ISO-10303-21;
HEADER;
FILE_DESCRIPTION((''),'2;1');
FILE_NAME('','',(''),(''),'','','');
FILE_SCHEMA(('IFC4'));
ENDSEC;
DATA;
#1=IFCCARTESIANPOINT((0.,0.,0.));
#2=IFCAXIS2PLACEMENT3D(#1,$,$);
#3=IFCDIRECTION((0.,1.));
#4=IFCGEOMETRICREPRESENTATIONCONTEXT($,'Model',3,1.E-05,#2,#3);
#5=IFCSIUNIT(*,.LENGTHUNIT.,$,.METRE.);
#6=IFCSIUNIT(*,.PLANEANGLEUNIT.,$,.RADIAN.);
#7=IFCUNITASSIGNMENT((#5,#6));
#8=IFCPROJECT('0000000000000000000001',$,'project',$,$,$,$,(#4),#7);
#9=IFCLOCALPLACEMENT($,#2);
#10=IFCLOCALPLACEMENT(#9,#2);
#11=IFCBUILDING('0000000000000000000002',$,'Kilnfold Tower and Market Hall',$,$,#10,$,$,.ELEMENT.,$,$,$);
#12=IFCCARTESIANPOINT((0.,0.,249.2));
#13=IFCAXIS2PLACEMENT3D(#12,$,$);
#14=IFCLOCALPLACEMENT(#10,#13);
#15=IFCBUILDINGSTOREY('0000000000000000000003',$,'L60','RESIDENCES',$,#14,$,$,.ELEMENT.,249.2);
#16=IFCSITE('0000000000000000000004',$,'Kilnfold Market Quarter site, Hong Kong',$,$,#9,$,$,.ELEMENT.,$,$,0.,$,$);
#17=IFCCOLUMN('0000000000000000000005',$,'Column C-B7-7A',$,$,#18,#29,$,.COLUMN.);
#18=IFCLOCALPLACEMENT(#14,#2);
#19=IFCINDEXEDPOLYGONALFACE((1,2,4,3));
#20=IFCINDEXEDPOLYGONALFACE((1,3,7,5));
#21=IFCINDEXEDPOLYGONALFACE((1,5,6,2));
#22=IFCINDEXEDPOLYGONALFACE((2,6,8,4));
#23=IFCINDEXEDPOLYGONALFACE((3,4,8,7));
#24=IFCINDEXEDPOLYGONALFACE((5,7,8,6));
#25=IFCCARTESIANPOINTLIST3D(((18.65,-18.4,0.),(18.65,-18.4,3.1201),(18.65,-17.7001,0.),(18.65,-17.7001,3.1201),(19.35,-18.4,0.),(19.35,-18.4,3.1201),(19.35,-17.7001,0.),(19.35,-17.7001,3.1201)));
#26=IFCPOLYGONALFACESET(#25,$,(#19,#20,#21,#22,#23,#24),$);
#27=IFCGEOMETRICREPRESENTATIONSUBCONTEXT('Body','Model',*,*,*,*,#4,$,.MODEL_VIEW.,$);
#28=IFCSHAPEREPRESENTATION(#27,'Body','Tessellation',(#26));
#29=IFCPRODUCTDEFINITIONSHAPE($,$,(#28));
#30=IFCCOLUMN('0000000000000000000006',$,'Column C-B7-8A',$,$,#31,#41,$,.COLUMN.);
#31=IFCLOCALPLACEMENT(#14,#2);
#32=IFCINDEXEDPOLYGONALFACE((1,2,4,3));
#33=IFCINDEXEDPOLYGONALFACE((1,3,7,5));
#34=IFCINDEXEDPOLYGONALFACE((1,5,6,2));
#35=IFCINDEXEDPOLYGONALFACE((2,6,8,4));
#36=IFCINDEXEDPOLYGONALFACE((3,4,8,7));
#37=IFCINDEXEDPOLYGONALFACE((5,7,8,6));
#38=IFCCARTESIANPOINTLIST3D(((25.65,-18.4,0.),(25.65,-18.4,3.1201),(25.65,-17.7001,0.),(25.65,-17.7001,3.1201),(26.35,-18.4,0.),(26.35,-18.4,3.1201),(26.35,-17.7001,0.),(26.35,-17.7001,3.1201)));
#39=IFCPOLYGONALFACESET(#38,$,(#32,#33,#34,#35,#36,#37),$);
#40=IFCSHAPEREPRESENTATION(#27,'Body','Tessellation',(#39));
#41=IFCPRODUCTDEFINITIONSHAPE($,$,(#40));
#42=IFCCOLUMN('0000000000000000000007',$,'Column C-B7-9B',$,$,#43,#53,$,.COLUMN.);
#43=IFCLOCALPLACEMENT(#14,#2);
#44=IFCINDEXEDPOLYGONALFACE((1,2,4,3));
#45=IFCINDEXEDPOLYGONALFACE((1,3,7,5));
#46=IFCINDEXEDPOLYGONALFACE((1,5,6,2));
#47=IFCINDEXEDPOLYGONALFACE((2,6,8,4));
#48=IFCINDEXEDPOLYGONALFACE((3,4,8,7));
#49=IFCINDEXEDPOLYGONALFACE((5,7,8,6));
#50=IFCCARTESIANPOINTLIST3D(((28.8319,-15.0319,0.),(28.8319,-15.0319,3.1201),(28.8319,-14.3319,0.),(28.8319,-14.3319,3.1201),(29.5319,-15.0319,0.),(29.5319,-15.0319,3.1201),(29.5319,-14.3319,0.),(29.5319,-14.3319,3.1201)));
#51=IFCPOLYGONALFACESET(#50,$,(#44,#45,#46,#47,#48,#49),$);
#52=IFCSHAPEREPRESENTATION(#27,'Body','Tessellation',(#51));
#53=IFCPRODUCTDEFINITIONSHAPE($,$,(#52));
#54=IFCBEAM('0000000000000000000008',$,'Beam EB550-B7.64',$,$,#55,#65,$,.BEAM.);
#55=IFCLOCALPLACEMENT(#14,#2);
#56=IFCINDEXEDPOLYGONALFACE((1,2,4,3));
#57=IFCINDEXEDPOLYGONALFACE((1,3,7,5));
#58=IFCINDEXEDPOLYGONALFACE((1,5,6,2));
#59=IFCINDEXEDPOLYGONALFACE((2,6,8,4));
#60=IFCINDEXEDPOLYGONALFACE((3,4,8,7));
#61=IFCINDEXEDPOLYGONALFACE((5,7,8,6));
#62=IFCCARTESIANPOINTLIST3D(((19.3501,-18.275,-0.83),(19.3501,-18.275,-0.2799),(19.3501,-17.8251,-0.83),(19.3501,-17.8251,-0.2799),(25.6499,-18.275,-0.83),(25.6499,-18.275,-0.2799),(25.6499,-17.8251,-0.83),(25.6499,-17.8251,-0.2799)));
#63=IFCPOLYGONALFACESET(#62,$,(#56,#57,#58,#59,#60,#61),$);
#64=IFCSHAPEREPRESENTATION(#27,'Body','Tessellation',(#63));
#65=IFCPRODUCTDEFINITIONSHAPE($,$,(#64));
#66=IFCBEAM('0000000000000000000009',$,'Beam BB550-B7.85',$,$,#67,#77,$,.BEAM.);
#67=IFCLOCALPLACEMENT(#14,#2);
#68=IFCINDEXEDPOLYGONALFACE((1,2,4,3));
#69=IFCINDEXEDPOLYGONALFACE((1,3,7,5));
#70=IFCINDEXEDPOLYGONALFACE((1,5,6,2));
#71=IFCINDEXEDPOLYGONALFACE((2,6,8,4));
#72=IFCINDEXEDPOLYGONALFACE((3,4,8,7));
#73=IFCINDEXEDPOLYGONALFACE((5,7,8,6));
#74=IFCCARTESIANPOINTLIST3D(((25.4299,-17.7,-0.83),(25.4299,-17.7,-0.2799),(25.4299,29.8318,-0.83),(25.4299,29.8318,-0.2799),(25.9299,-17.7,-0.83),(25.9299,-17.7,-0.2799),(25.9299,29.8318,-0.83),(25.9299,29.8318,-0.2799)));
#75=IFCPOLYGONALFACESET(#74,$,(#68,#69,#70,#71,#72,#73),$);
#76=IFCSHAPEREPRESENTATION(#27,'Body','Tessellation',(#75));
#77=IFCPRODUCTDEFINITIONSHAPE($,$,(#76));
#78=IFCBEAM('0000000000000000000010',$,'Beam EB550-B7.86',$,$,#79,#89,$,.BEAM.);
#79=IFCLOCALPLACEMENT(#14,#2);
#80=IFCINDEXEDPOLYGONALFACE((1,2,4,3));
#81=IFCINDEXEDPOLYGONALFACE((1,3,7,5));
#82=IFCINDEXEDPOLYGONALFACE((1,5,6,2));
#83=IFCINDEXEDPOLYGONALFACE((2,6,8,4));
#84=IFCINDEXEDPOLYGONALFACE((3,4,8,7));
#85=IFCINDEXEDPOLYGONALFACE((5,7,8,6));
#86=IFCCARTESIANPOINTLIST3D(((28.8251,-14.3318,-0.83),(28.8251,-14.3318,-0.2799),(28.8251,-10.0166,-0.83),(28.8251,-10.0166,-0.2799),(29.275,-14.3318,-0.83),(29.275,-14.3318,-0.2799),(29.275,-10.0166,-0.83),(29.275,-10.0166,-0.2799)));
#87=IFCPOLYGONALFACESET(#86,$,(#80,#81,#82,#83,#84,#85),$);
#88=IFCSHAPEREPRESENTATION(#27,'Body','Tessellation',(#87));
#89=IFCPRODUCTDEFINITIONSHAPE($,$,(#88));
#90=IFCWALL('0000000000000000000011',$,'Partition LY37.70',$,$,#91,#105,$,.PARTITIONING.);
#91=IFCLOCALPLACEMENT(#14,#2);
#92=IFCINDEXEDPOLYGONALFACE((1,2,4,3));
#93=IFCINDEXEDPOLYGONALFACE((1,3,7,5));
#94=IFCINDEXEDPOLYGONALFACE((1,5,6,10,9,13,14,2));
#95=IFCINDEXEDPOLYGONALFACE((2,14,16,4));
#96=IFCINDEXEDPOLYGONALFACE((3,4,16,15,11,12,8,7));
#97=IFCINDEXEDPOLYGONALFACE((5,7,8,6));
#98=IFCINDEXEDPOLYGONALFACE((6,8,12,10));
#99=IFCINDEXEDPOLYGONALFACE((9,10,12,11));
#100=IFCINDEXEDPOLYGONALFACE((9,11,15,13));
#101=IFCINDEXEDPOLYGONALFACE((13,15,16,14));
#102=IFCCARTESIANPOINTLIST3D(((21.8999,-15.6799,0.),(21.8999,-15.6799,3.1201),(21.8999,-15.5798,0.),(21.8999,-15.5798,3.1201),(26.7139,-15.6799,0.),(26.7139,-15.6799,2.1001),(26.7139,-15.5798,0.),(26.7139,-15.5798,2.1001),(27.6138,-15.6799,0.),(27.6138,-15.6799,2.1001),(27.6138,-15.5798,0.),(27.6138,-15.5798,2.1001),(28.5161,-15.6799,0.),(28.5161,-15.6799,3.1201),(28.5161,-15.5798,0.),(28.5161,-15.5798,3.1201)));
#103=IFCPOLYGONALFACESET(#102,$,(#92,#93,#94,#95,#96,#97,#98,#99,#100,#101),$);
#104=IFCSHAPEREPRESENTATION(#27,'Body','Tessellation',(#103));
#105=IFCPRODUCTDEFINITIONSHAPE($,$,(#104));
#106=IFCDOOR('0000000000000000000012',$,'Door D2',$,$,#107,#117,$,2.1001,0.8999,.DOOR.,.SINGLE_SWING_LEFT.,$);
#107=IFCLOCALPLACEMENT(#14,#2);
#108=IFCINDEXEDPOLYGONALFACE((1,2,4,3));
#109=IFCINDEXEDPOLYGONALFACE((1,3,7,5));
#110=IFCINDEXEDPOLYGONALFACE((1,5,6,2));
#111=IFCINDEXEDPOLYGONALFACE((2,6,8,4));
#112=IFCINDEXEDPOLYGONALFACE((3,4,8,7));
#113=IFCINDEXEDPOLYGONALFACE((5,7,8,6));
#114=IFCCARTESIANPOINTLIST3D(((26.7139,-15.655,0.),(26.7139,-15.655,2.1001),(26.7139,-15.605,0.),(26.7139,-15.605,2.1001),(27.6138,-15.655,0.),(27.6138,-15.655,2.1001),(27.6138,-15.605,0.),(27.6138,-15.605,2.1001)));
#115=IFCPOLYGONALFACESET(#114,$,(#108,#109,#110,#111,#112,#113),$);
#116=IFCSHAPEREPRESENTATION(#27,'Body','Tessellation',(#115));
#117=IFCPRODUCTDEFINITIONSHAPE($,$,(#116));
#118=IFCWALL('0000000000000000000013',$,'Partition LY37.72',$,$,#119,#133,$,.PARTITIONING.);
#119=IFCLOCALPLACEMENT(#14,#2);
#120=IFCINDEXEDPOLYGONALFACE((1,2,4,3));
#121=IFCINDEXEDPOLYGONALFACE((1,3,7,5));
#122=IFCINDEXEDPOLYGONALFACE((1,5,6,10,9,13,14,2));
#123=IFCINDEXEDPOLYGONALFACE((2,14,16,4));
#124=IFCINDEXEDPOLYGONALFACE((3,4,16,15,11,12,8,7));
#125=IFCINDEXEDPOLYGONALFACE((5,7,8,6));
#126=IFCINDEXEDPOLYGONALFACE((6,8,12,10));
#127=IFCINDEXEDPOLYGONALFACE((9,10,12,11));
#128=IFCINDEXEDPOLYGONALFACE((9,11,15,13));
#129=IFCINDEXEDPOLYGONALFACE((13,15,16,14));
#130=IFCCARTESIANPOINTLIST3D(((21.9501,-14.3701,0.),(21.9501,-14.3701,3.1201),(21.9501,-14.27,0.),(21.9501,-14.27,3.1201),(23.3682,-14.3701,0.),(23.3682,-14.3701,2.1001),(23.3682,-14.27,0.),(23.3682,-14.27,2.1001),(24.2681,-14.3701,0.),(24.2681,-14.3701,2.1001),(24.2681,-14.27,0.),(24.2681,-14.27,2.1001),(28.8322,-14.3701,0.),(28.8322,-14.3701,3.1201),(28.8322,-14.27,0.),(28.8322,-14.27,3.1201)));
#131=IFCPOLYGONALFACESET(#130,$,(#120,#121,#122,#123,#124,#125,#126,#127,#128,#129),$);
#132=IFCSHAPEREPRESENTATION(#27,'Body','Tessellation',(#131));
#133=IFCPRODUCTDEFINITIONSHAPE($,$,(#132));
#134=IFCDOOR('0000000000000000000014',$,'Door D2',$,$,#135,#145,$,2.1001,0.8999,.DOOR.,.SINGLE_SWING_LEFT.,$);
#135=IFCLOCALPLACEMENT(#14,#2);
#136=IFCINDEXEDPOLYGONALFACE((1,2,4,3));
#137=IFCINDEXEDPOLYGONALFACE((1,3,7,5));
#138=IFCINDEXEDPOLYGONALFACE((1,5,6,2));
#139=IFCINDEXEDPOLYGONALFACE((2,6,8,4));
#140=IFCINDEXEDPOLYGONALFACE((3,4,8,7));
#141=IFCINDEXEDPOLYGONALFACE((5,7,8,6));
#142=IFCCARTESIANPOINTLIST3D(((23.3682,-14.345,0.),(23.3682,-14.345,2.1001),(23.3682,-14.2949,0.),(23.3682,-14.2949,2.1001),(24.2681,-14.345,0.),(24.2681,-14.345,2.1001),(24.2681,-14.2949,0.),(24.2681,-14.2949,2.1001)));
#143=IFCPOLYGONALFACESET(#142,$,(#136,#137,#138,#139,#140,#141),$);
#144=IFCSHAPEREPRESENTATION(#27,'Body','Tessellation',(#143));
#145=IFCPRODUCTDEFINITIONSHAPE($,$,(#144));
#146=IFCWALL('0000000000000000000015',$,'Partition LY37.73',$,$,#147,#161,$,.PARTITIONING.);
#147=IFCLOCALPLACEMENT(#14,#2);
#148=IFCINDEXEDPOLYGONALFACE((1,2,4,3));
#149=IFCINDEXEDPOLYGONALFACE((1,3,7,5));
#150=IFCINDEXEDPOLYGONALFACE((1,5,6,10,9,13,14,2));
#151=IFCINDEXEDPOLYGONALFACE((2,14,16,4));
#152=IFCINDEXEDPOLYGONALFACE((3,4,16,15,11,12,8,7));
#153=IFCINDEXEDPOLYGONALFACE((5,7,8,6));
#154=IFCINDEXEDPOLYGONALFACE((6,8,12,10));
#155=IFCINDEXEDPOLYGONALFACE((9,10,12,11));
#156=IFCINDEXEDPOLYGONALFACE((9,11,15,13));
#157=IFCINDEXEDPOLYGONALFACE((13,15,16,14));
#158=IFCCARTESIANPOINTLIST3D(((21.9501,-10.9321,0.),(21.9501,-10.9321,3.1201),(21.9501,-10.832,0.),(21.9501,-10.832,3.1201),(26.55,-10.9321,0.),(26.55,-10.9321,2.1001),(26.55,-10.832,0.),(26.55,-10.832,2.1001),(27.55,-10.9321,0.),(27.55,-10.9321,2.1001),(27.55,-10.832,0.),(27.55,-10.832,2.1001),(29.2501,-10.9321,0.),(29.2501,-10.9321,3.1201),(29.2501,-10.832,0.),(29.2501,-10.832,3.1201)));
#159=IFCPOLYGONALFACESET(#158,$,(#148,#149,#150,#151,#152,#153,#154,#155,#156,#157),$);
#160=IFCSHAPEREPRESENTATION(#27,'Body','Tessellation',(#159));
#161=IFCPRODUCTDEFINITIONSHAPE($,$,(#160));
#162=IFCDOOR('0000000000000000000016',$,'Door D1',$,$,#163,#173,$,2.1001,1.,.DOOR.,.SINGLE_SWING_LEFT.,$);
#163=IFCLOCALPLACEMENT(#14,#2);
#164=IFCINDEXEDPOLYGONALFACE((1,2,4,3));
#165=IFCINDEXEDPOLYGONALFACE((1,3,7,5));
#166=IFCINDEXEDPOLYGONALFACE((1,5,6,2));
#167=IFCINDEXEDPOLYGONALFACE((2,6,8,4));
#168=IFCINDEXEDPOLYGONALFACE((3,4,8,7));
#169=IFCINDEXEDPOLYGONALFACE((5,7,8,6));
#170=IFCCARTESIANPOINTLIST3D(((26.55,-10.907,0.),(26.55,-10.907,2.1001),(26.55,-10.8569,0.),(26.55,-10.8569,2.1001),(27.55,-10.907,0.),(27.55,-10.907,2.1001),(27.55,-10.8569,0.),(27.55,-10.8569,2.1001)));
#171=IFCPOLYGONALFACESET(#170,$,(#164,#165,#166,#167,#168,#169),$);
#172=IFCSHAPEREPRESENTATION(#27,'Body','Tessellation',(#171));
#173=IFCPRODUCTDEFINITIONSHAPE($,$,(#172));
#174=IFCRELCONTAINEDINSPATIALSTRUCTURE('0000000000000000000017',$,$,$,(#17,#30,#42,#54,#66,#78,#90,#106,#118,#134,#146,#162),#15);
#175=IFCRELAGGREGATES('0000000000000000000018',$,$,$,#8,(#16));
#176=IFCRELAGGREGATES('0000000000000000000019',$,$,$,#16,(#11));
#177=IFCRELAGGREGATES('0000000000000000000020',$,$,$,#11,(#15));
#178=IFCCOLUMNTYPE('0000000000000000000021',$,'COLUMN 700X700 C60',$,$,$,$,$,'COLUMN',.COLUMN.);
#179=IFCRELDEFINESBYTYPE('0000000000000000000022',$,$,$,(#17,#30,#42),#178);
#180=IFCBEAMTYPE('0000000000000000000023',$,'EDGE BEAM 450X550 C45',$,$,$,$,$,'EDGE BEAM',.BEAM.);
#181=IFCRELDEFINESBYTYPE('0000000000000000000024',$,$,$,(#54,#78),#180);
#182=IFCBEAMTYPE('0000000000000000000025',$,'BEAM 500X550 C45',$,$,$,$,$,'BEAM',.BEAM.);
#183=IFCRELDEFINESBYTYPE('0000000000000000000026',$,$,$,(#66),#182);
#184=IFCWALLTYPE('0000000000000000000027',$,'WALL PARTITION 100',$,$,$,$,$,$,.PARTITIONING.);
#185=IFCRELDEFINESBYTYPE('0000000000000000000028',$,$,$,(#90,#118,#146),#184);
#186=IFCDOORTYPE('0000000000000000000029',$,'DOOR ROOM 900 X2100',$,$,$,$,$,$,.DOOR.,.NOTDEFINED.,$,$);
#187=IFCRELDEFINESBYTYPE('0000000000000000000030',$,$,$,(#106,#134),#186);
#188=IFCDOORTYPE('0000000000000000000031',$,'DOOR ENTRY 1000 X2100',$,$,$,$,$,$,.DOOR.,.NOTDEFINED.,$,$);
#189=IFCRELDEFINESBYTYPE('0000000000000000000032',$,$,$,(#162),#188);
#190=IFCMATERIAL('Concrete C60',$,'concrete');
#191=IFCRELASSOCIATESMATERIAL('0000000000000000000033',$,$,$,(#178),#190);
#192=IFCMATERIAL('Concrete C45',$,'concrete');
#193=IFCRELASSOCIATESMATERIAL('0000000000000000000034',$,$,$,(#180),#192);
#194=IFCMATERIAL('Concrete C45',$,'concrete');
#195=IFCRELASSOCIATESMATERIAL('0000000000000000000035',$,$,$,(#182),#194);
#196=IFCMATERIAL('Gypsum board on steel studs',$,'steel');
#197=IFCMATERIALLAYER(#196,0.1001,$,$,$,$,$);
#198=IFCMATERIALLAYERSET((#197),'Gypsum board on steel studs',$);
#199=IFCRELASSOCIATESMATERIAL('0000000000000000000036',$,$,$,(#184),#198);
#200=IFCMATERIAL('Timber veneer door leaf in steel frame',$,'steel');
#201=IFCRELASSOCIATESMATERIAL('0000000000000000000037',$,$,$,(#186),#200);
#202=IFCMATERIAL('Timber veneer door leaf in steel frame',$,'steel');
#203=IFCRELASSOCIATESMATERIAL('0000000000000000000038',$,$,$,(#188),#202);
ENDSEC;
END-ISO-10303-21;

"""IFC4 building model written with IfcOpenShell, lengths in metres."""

from ifc_helpers import new_model, si_unit, direction, frame, frame_2d, origin, origin_2d, place, context, subcontext, project, spatial, rectangle, extrude, source, transform, mapped, material, layer, layer_set, material_profile, profile_set, type_object, element, fill, save


model = new_model("IFC4")

# Units and contexts
model_context = context("Model", 3, precision=1e-05, world=origin(), true_north=direction((0.0, 1.0)))
body_context = subcontext(model_context, "Body", "Model", "MODEL_VIEW")
ifc_project = project(units=[si_unit("LENGTHUNIT", "METRE"), si_unit("PLANEANGLEUNIT", "RADIAN")], contexts=[model_context])

# Site, building, storey
site_placement = place(None, origin())
site = spatial("IfcSite", under=ifc_project, at=site_placement, Name="Kilnfold Market Quarter site, Hong Kong", CompositionType="ELEMENT", RefElevation=0.0)
building_placement = place(site_placement, origin())
building = spatial("IfcBuilding", under=site, at=building_placement, Name="Kilnfold Tower and Market Hall", CompositionType="ELEMENT")
storey_placement = place(building_placement, frame((0.0, 0.0, 249.2)))
storey = spatial("IfcBuildingStorey", under=building, at=storey_placement, Name="L60", Description="RESIDENCES", CompositionType="ELEMENT", Elevation=249.2)

# Columns
ifc_material_1 = material(Name="Concrete C60", Category="concrete")
ifc_material_profile_1 = material_profile(ifc_material_1, rectangle(XDim=0.7, YDim=0.7, at=origin_2d()), Name="RC 700x700")
ifc_profile_set_1 = profile_set([ifc_material_profile_1], Name="Concrete C60")
column_type = type_object("IfcColumnType", Name="COLUMN 700X700 C60", ElementType="COLUMN", PredefinedType="COLUMN", material=ifc_profile_set_1)
shared_shape_1 = source(origin(), body_context, "Body", "SweptSolid", [
    extrude(rectangle(XDim=0.7, YDim=0.7, at=origin_2d()), origin(), (0.0, 0.0, 1.0), 3.1201),
])
for number, where, z_axis, x_axis, name in (
    (1, (19.0, -18.05, 0.0), (0.0, 0.0, 1.0), (1.0, 0.0, 0.0), "Column C-B7-7A"),
    (2, (26.0, -18.05, 0.0), (0.0, 0.0, 1.0), (1.0, 0.0, 0.0), "Column C-B7-8A"),
    (3, (29.1819, -14.6819, 0.0), (0.0, 0.0, 1.0), (1.0, 0.0, 0.0), "Column C-B7-9B"),
):
    element("IfcColumn", number, at=place(storey_placement, frame(where, z_axis=z_axis, x_axis=x_axis)), inside=storey, type_object=column_type, Name=name, PredefinedType="COLUMN", context=body_context, shape_type="MappedRepresentation", body=[
        mapped(shared_shape_1, transform((0.0, 0.0, 0.0))),
    ])

# Beams
ifc_material_2 = material(Name="Concrete C45", Category="concrete")
ifc_material_profile_2 = material_profile(ifc_material_2, rectangle(XDim=0.45, YDim=0.55, at=origin_2d()), Name="RC 450x550")
ifc_profile_set_2 = profile_set([ifc_material_profile_2], Name="Concrete C45")
beam_type_1 = type_object("IfcBeamType", Name="EDGE BEAM 450X550 C45", ElementType="EDGE BEAM", PredefinedType="BEAM", material=ifc_profile_set_2)
shared_shape_2 = source(origin(), body_context, "Body", "SweptSolid", [
    extrude(rectangle(XDim=0.45, YDim=0.55, at=origin_2d()), origin(), (0.0, 0.0, 1.0), 6.2998),
])
beam_1_placement = place(storey_placement, frame((19.3501, -18.05, -0.5549), z_axis=(1.0, 0.0, 0.0), x_axis=(0.0, 1.0, 0.0)))
element("IfcBeam", 4, at=beam_1_placement, inside=storey, type_object=beam_type_1, Name="Beam EB550-B7.64", PredefinedType="BEAM", context=body_context, shape_type="MappedRepresentation", body=[
    mapped(shared_shape_2, transform((0.0, 0.0, 0.0))),
])
ifc_material_3 = material(Name="Concrete C45", Category="concrete")
ifc_material_profile_3 = material_profile(ifc_material_3, rectangle(XDim=0.5, YDim=0.55, at=origin_2d()), Name="RC 500x550")
ifc_profile_set_3 = profile_set([ifc_material_profile_3], Name="Concrete C45")
beam_type_2 = type_object("IfcBeamType", Name="BEAM 500X550 C45", ElementType="BEAM", PredefinedType="BEAM", material=ifc_profile_set_3)
shared_shape_3 = source(origin(), body_context, "Body", "SweptSolid", [
    extrude(rectangle(XDim=0.5, YDim=0.55, at=origin_2d()), origin(), (0.0, 0.0, 1.0), 47.5317),
])
beam_2_placement = place(storey_placement, frame((25.6799, -17.7, -0.5549), z_axis=(0.0, 1.0, 0.0), x_axis=(-1.0, 0.0, 0.0)))
element("IfcBeam", 5, at=beam_2_placement, inside=storey, type_object=beam_type_2, Name="Beam BB550-B7.85", PredefinedType="BEAM", context=body_context, shape_type="MappedRepresentation", body=[
    mapped(shared_shape_3, transform((0.0, 0.0, 0.0))),
])
shared_shape_4 = source(origin(), body_context, "Body", "SweptSolid", [
    extrude(rectangle(XDim=0.45, YDim=0.55, at=origin_2d()), origin(), (0.0, 0.0, 1.0), 4.3152),
])
beam_3_placement = place(storey_placement, frame((29.05, -14.3318, -0.5549), z_axis=(0.0, 1.0, 0.0), x_axis=(-1.0, 0.0, 0.0)))
element("IfcBeam", 6, at=beam_3_placement, inside=storey, type_object=beam_type_1, Name="Beam EB550-B7.86", PredefinedType="BEAM", context=body_context, shape_type="MappedRepresentation", body=[
    mapped(shared_shape_4, transform((0.0, 0.0, 0.0))),
])

# Walls, openings, doors
ifc_material_4 = material(Name="Gypsum board on steel studs", Category="steel")
ifc_layer_1 = layer(ifc_material_4, 0.1001)
ifc_layer_set_1 = layer_set([ifc_layer_1], Name="Gypsum board on steel studs")
wall_type_1 = type_object("IfcWallType", Name="WALL PARTITION 100", PredefinedType="PARTITIONING", material=ifc_layer_set_1)
wall_1_placement = place(storey_placement, frame((21.8999, -15.6299, 0.0), z_axis=(0.0, 0.0, 1.0), x_axis=(1.0, 0.0, 0.0)))
wall_1 = element("IfcWall", 7, at=wall_1_placement, inside=storey, type_object=wall_type_1, Name="Partition LY37.70", PredefinedType="PARTITIONING", context=body_context, shape_type="SweptSolid", body=[
    extrude(rectangle(XDim=6.6162, YDim=0.1001, at=frame_2d((3.3081, 0.0))), origin(), (0.0, 0.0, 1.0), 3.1201),
])
opening_1_placement = place(wall_1_placement, frame((4.814, 0.0, 0.0)))
opening_1 = element("IfcOpeningElement", 8, at=opening_1_placement, cuts=wall_1, PredefinedType="OPENING", context=body_context, shape_type="SweptSolid", body=[
    extrude(rectangle(XDim=0.8999, YDim=2.1001, at=frame_2d((0.45, 1.05))), frame((0.0, 0.0601, 0.0), z_axis=(0.0, -1.0, 0.0), x_axis=(1.0, 0.0, 0.0)), (0.0, 0.0, 1.0), 0.1201),
])
ifc_material_5 = material(Name="Timber veneer door leaf in steel frame", Category="steel")
door_type_1 = type_object("IfcDoorType", Name="DOOR ROOM 900 X2100", OperationType="NOTDEFINED", PredefinedType="DOOR", material=ifc_material_5)
door_1_placement = place(opening_1_placement, origin())
door_1 = element("IfcDoor", 9, at=door_1_placement, inside=storey, type_object=door_type_1, Name="Door D2", OperationType="SINGLE_SWING_LEFT", OverallHeight=2.1001, OverallWidth=0.8999, PredefinedType="DOOR", context=body_context, shape_type="SweptSolid", body=[
    extrude(rectangle(XDim=0.8999, YDim=2.1001, at=frame_2d((0.45, 1.05))), frame((0.0, 0.0249, 0.0), z_axis=(0.0, -1.0, 0.0), x_axis=(1.0, 0.0, 0.0)), (0.0, 0.0, 1.0), 0.05),
])
fill(opening_1, door_1)
wall_2_placement = place(storey_placement, frame((28.832, -14.3201, 0.0), z_axis=(0.0, 0.0, 1.0), x_axis=(-1.0, 0.0, 0.0)))
wall_2 = element("IfcWall", 10, at=wall_2_placement, inside=storey, type_object=wall_type_1, Name="Partition LY37.72", PredefinedType="PARTITIONING", context=body_context, shape_type="SweptSolid", body=[
    extrude(rectangle(XDim=6.8821, YDim=0.1001, at=frame_2d((3.4409, 0.0))), origin(), (0.0, 0.0, 1.0), 3.1201),
])
opening_2_placement = place(wall_2_placement, frame((4.564, 0.0, 0.0)))
opening_2 = element("IfcOpeningElement", 11, at=opening_2_placement, cuts=wall_2, PredefinedType="OPENING", context=body_context, shape_type="SweptSolid", body=[
    extrude(rectangle(XDim=0.8999, YDim=2.1001, at=frame_2d((0.45, 1.05))), frame((0.0, 0.0601, 0.0), z_axis=(0.0, -1.0, 0.0), x_axis=(1.0, 0.0, 0.0)), (0.0, 0.0, 1.0), 0.1201),
])
door_2_placement = place(opening_2_placement, origin())
door_2 = element("IfcDoor", 12, at=door_2_placement, inside=storey, type_object=door_type_1, Name="Door D2", OperationType="SINGLE_SWING_LEFT", OverallHeight=2.1001, OverallWidth=0.8999, PredefinedType="DOOR", context=body_context, shape_type="SweptSolid", body=[
    extrude(rectangle(XDim=0.8999, YDim=2.1001, at=frame_2d((0.45, 1.05))), frame((0.0, 0.0249, 0.0), z_axis=(0.0, -1.0, 0.0), x_axis=(1.0, 0.0, 0.0)), (0.0, 0.0, 1.0), 0.05),
])
fill(opening_2, door_2)
wall_3_placement = place(storey_placement, frame((29.25, -10.8821, 0.0), z_axis=(0.0, 0.0, 1.0), x_axis=(-1.0, 0.0, 0.0)))
wall_3 = element("IfcWall", 13, at=wall_3_placement, inside=storey, type_object=wall_type_1, Name="Partition LY37.73", PredefinedType="PARTITIONING", context=body_context, shape_type="SweptSolid", body=[
    extrude(rectangle(XDim=7.3, YDim=0.1001, at=frame_2d((3.6499, 0.0))), origin(), (0.0, 0.0, 1.0), 3.1201),
])
opening_3_placement = place(wall_3_placement, frame((1.7, 0.0, 0.0)))
opening_3 = element("IfcOpeningElement", 14, at=opening_3_placement, cuts=wall_3, PredefinedType="OPENING", context=body_context, shape_type="SweptSolid", body=[
    extrude(rectangle(XDim=1.0, YDim=2.1001, at=frame_2d((0.5, 1.05))), frame((0.0, 0.0601, 0.0), z_axis=(0.0, -1.0, 0.0), x_axis=(1.0, 0.0, 0.0)), (0.0, 0.0, 1.0), 0.1201),
])
ifc_material_6 = material(Name="Timber veneer door leaf in steel frame", Category="steel")
door_type_2 = type_object("IfcDoorType", Name="DOOR ENTRY 1000 X2100", OperationType="NOTDEFINED", PredefinedType="DOOR", material=ifc_material_6)
door_3_placement = place(opening_3_placement, origin())
door_3 = element("IfcDoor", 15, at=door_3_placement, inside=storey, type_object=door_type_2, Name="Door D1", OperationType="SINGLE_SWING_LEFT", OverallHeight=2.1001, OverallWidth=1.0, PredefinedType="DOOR", context=body_context, shape_type="SweptSolid", body=[
    extrude(rectangle(XDim=1.0, YDim=2.1001, at=frame_2d((0.5, 1.05))), frame((0.0, 0.0249, 0.0), z_axis=(0.0, -1.0, 0.0), x_axis=(1.0, 0.0, 0.0)), (0.0, 0.0, 1.0), 0.05),
])
fill(opening_3, door_3)

save(model, "model.ifc")
